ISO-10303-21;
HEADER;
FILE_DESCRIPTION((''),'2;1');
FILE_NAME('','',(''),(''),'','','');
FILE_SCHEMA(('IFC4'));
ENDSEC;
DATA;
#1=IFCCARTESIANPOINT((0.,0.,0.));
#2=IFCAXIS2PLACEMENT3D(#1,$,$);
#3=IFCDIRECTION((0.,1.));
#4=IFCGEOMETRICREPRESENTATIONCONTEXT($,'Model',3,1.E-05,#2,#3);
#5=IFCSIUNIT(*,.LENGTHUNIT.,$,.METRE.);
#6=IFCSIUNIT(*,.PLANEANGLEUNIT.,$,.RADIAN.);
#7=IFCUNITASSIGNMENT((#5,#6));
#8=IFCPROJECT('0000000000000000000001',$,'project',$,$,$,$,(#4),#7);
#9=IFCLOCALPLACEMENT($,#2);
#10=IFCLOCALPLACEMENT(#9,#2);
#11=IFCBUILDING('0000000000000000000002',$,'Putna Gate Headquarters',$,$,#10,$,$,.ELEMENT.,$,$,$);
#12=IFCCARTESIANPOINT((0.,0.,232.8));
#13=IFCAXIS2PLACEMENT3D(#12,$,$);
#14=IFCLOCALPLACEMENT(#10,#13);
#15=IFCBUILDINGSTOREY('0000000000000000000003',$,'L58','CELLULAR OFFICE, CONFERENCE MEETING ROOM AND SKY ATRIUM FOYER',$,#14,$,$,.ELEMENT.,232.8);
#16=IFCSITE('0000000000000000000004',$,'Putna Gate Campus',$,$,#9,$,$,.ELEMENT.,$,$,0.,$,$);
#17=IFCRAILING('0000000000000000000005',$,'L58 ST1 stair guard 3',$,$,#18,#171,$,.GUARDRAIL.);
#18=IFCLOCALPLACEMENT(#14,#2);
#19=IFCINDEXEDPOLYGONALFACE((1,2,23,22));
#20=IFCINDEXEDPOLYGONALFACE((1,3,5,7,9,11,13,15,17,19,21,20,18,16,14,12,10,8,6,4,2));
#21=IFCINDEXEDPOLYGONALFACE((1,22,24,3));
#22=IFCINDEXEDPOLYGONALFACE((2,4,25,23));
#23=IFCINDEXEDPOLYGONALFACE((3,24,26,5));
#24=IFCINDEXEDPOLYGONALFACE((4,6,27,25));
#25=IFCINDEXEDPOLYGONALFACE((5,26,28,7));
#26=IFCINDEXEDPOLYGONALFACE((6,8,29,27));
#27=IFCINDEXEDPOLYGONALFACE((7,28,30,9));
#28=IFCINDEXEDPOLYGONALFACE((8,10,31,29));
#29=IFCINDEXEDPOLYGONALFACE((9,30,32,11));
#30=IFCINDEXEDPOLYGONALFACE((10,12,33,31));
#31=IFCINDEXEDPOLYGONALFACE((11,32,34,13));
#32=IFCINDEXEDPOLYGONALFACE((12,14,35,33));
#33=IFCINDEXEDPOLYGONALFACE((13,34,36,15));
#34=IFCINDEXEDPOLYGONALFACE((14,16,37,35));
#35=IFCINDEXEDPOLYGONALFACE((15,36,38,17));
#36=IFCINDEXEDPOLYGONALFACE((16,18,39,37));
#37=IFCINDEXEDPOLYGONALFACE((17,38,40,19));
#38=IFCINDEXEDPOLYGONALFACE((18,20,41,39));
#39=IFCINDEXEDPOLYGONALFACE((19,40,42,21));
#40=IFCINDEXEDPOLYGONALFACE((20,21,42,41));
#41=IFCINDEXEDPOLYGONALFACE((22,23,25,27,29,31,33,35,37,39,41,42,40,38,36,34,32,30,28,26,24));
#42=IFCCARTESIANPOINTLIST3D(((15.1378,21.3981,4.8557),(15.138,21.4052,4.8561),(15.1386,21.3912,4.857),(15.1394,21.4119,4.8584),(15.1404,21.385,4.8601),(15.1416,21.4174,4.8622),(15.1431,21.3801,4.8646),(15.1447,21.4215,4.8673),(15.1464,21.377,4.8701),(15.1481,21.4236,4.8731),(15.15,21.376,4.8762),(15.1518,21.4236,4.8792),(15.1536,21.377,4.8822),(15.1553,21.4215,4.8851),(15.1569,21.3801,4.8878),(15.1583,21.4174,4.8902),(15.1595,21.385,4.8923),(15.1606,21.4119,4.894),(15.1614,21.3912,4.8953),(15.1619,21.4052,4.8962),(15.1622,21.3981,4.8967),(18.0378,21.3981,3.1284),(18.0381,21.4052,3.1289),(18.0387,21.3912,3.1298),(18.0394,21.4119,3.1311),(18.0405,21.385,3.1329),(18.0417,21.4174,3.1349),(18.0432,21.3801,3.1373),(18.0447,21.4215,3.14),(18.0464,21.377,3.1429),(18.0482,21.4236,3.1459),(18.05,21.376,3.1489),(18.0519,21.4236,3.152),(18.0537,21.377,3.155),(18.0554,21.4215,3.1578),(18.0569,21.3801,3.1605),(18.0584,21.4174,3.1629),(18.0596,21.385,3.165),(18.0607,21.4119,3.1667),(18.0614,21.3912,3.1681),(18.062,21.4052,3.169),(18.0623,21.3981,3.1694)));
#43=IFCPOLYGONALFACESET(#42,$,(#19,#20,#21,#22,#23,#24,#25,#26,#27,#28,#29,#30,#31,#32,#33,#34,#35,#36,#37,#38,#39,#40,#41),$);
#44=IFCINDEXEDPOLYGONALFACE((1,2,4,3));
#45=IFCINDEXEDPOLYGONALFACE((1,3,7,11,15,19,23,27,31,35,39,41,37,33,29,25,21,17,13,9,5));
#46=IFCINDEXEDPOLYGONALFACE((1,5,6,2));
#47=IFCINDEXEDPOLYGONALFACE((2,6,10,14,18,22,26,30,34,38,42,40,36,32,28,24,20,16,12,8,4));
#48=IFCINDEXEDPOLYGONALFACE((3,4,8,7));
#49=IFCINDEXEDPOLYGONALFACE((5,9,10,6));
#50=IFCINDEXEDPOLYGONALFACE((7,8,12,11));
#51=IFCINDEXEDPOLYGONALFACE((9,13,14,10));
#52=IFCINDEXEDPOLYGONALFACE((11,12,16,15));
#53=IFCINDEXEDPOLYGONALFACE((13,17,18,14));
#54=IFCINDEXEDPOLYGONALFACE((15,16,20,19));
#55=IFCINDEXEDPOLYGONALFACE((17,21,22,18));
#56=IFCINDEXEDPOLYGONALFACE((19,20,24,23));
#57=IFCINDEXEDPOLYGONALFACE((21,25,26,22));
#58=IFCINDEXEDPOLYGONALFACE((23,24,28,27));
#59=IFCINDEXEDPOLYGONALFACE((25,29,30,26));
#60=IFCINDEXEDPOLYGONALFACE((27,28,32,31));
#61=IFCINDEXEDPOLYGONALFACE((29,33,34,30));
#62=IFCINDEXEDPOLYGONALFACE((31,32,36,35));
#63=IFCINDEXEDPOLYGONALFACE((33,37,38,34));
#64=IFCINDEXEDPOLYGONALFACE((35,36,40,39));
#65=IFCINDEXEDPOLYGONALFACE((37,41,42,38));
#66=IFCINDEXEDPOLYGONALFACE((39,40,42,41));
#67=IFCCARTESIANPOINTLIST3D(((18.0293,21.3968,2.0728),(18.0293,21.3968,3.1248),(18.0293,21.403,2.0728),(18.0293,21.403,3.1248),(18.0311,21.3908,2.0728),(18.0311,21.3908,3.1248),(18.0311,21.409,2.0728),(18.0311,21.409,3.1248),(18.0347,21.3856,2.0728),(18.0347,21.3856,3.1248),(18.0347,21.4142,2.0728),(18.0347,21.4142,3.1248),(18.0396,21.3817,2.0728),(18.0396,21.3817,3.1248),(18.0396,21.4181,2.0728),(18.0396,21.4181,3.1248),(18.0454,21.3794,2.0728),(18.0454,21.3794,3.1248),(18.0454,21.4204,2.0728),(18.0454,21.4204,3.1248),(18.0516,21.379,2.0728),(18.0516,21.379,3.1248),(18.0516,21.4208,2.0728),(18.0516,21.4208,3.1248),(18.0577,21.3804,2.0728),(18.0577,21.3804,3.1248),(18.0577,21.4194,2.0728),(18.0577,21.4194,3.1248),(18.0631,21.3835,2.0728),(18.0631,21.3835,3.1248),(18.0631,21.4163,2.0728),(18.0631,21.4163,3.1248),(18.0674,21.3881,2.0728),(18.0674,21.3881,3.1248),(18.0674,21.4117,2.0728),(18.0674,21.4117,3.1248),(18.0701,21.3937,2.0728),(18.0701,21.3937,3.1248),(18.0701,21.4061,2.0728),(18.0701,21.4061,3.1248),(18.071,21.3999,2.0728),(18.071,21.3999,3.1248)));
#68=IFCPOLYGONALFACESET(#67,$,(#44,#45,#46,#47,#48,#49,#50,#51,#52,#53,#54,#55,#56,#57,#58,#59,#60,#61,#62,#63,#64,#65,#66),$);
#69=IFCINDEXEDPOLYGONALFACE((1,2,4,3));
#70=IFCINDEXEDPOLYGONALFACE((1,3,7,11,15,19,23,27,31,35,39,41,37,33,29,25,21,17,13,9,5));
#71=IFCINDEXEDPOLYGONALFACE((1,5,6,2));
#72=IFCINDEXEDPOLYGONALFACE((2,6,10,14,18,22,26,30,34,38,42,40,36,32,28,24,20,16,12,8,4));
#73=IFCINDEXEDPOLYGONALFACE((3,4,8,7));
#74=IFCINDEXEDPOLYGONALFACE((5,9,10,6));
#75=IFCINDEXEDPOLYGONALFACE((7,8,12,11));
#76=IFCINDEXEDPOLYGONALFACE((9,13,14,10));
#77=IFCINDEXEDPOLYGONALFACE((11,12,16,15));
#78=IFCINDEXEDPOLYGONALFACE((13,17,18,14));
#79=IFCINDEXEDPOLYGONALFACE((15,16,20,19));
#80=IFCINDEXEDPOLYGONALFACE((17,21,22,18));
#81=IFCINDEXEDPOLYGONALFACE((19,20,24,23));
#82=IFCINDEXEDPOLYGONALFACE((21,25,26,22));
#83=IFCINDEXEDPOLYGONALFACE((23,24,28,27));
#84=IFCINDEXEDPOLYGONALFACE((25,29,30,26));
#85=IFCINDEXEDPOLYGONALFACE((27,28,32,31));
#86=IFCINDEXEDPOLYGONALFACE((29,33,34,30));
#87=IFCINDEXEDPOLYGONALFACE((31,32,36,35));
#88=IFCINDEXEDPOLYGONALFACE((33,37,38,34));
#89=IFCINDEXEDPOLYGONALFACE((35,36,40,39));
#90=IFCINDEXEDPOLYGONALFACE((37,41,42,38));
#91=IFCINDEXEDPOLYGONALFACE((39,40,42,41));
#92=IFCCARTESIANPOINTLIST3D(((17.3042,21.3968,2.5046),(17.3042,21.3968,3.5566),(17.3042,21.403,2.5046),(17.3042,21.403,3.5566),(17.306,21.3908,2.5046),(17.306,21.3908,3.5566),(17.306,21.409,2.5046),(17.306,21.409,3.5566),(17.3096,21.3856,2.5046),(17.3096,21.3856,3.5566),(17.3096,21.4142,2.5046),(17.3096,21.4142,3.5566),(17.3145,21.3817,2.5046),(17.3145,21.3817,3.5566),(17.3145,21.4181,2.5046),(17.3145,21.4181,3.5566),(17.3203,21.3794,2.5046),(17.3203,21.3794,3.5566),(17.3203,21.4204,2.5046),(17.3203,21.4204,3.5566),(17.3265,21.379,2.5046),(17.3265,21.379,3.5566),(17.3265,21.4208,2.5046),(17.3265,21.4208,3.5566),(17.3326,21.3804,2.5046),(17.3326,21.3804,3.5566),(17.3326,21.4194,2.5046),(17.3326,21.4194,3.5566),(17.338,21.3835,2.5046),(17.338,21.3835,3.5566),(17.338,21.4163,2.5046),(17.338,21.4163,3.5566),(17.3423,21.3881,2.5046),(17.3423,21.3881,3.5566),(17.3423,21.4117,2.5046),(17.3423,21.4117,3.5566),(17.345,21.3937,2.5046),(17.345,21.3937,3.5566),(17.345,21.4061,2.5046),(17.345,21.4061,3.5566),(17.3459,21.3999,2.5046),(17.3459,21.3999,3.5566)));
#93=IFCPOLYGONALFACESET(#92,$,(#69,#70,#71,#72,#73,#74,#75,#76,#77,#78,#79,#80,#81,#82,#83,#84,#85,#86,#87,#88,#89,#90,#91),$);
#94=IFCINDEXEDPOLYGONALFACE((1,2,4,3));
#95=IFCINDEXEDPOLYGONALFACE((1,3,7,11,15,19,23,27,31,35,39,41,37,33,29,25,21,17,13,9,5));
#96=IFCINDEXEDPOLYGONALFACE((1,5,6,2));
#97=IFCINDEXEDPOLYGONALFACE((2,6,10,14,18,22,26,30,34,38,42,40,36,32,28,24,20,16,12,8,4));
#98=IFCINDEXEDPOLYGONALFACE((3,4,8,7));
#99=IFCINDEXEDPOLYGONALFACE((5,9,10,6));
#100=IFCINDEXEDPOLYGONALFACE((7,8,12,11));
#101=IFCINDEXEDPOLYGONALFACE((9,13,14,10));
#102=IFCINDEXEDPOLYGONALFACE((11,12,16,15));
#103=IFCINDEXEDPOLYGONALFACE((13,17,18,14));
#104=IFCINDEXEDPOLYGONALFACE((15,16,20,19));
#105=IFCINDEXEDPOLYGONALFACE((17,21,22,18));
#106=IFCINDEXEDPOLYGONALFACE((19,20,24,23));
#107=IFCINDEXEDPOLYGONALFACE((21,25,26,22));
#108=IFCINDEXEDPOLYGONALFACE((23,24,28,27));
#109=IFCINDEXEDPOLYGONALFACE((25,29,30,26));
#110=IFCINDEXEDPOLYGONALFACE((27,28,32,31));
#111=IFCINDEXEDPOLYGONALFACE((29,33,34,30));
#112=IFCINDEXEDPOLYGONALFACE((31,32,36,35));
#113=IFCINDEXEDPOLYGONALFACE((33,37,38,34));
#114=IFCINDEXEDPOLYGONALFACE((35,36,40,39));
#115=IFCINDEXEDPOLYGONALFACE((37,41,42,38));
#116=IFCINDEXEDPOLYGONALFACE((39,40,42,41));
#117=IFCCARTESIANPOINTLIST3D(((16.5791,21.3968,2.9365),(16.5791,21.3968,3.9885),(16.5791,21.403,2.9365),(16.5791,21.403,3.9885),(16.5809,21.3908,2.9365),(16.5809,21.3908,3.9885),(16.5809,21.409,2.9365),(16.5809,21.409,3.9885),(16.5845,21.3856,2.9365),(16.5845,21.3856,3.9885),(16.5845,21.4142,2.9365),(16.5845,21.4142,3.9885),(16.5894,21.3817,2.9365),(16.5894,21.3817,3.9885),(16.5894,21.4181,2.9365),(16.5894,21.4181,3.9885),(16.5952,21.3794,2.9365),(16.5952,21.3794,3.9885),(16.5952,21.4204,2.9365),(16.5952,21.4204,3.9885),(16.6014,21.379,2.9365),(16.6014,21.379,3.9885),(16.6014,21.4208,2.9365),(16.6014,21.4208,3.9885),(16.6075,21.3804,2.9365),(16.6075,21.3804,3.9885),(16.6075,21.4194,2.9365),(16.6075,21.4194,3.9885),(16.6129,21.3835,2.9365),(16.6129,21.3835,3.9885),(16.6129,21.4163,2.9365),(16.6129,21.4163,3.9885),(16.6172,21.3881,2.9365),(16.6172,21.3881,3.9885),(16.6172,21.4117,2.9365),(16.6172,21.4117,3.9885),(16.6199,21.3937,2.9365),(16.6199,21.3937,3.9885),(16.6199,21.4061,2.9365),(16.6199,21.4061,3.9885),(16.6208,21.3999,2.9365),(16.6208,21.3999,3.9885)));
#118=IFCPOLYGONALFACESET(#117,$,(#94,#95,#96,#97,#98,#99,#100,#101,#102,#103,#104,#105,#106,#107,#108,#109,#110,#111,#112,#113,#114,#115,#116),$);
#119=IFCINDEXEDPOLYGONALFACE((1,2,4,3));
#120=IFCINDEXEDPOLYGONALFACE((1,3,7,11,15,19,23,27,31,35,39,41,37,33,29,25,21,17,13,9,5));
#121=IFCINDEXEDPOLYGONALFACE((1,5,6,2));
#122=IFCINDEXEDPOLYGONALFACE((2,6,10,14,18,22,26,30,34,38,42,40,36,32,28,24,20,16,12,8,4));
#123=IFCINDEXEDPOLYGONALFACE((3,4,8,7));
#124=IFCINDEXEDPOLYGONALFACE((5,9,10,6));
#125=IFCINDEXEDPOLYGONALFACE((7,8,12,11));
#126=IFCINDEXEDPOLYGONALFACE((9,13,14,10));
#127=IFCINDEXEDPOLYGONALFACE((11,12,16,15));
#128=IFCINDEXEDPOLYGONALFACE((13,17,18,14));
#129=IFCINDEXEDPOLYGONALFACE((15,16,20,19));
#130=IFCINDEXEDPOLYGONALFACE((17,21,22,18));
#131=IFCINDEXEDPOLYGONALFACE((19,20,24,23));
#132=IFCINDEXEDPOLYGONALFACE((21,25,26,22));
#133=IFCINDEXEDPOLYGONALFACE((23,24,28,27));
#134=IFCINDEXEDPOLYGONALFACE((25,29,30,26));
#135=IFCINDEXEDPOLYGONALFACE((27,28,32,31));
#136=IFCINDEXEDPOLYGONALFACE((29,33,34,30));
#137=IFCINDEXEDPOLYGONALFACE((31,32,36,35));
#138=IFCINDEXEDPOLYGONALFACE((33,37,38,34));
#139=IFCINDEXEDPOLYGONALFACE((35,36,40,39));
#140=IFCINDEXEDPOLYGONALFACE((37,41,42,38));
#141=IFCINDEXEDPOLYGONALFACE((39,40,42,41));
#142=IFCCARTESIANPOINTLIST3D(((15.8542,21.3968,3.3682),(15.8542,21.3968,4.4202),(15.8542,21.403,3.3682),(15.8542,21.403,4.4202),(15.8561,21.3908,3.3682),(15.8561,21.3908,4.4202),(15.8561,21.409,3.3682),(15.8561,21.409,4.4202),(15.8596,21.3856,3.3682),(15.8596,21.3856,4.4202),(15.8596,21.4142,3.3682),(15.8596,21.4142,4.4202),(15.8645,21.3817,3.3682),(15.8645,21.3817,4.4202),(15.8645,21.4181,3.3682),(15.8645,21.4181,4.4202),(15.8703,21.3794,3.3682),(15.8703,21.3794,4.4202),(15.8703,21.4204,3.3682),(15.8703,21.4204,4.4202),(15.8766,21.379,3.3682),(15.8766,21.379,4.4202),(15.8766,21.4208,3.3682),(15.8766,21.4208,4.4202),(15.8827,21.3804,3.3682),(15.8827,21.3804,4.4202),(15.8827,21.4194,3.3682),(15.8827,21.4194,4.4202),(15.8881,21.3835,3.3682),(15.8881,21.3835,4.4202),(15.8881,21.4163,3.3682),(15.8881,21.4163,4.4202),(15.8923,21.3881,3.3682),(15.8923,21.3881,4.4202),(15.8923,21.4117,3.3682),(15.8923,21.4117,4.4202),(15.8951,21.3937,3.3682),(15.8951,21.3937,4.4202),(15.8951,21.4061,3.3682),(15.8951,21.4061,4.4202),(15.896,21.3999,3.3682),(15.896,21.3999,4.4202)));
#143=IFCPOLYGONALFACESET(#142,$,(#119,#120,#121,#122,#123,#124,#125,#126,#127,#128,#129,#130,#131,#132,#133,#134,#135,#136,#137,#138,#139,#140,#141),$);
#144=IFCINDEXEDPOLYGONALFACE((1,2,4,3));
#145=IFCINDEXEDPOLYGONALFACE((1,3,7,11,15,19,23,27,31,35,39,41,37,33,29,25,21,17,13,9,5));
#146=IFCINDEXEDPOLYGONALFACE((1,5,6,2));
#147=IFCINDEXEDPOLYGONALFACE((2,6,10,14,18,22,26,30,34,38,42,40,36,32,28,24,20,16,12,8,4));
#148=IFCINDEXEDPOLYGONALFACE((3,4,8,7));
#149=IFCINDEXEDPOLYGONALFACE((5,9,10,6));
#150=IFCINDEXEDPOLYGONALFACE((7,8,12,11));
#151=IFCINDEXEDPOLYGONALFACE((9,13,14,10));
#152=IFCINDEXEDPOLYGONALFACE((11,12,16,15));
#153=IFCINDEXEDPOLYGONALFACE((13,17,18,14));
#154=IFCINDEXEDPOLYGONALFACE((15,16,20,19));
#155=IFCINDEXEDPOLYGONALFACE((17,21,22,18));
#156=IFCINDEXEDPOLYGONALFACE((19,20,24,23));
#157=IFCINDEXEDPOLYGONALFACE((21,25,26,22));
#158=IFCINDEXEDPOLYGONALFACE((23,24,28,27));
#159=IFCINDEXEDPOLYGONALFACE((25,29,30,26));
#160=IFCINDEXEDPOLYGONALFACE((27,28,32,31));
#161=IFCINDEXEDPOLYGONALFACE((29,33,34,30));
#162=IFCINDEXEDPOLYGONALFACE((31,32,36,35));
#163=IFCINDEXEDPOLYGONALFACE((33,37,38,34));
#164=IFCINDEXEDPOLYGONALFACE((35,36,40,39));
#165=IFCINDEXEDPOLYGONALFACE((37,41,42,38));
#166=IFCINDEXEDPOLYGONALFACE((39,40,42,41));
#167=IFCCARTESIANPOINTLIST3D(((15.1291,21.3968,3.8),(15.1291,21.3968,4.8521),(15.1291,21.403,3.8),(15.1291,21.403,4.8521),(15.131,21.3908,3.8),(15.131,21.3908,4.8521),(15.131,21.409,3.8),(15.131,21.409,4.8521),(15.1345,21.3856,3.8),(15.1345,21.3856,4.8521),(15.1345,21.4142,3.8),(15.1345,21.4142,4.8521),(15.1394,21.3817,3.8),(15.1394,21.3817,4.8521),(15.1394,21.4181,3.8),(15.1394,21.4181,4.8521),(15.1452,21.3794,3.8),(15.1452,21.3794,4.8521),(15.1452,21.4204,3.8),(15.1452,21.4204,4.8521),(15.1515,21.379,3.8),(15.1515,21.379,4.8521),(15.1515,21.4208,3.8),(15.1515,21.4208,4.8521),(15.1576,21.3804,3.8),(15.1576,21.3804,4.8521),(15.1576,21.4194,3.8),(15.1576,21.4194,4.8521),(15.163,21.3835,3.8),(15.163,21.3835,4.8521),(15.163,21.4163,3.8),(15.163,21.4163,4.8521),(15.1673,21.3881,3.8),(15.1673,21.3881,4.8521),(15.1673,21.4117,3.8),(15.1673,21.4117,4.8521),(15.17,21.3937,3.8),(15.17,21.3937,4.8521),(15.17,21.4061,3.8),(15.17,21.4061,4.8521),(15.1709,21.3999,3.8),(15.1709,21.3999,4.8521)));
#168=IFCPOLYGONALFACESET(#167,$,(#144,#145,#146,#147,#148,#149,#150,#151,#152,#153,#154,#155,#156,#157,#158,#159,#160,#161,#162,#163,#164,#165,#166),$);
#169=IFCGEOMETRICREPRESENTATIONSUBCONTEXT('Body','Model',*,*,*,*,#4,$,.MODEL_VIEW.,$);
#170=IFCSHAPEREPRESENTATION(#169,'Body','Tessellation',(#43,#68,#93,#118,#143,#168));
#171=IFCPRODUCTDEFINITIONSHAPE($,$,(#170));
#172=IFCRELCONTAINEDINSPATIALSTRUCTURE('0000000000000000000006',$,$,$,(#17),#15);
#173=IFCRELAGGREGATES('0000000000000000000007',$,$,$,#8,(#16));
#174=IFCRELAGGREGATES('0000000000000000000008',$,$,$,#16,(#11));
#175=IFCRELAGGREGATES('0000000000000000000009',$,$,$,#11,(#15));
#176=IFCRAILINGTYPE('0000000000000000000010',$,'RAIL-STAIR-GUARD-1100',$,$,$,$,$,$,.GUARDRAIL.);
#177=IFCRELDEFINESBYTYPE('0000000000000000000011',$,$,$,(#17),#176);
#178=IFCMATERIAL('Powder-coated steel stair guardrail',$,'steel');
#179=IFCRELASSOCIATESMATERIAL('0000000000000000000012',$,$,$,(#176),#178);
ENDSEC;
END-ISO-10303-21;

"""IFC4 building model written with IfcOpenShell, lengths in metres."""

from ifc_helpers import new_model, si_unit, direction, frame, origin, origin_2d, place, context, subcontext, project, spatial, circle, extrude, material, type_object, element, save


model = new_model("IFC4")

# Units and contexts
model_context = context("Model", 3, precision=1e-05, world=origin(), true_north=direction((0.0, 1.0)))
body_context = subcontext(model_context, "Body", "Model", "MODEL_VIEW")
ifc_project = project(units=[si_unit("LENGTHUNIT", "METRE"), si_unit("PLANEANGLEUNIT", "RADIAN")], contexts=[model_context])

# Site, building, storey
site_placement = place(None, origin())
site = spatial("IfcSite", under=ifc_project, at=site_placement, Name="Putna Gate Campus", CompositionType="ELEMENT", RefElevation=0.0)
building_placement = place(site_placement, origin())
building = spatial("IfcBuilding", under=site, at=building_placement, Name="Putna Gate Headquarters", CompositionType="ELEMENT")
storey_placement = place(building_placement, frame((0.0, 0.0, 232.8)))
storey = spatial("IfcBuildingStorey", under=building, at=storey_placement, Name="L58", Description="CELLULAR OFFICE, CONFERENCE MEETING ROOM AND SKY ATRIUM FOYER", CompositionType="ELEMENT", Elevation=232.8)

# Railing
ifc_material_1 = material(Name="Powder-coated steel stair guardrail", Category="steel")
railing_type = type_object("IfcRailingType", Name="RAIL-STAIR-GUARD-1100", PredefinedType="GUARDRAIL", material=ifc_material_1)
railing_1_placement = place(storey_placement, frame((18.05, 21.3999, 2.0728)))
element("IfcRailing", 1, at=railing_1_placement, inside=storey, type_object=railing_type, Name="L58 ST1 stair guard 3", PredefinedType="GUARDRAIL", context=body_context, shape_type="SweptSolid", body=[
    extrude(circle(Radius=0.0239, at=origin_2d()), frame((0.0, 0.0, 1.0762), z_axis=(-0.85916, 0.0, 0.511706), x_axis=(0.0, -1.0, 0.0)), (0.0, 0.0, 1.0), 3.3755),
    extrude(circle(Radius=0.021, at=origin_2d()), origin(), (0.0, 0.0, 1.0), 1.052),
    extrude(circle(Radius=0.021, at=origin_2d()), frame((-0.7251, 0.0, 0.4319)), (0.0, 0.0, 1.0), 1.052),
    extrude(circle(Radius=0.021, at=origin_2d()), frame((-1.4502, 0.0, 0.8638)), (0.0, 0.0, 1.0), 1.052),
    extrude(circle(Radius=0.021, at=origin_2d()), frame((-2.175, 0.0, 1.2954)), (0.0, 0.0, 1.0), 1.052),
    extrude(circle(Radius=0.021, at=origin_2d()), frame((-2.9001, 0.0, 1.7273)), (0.0, 0.0, 1.0), 1.052),
])

save(model, "model.ifc")
